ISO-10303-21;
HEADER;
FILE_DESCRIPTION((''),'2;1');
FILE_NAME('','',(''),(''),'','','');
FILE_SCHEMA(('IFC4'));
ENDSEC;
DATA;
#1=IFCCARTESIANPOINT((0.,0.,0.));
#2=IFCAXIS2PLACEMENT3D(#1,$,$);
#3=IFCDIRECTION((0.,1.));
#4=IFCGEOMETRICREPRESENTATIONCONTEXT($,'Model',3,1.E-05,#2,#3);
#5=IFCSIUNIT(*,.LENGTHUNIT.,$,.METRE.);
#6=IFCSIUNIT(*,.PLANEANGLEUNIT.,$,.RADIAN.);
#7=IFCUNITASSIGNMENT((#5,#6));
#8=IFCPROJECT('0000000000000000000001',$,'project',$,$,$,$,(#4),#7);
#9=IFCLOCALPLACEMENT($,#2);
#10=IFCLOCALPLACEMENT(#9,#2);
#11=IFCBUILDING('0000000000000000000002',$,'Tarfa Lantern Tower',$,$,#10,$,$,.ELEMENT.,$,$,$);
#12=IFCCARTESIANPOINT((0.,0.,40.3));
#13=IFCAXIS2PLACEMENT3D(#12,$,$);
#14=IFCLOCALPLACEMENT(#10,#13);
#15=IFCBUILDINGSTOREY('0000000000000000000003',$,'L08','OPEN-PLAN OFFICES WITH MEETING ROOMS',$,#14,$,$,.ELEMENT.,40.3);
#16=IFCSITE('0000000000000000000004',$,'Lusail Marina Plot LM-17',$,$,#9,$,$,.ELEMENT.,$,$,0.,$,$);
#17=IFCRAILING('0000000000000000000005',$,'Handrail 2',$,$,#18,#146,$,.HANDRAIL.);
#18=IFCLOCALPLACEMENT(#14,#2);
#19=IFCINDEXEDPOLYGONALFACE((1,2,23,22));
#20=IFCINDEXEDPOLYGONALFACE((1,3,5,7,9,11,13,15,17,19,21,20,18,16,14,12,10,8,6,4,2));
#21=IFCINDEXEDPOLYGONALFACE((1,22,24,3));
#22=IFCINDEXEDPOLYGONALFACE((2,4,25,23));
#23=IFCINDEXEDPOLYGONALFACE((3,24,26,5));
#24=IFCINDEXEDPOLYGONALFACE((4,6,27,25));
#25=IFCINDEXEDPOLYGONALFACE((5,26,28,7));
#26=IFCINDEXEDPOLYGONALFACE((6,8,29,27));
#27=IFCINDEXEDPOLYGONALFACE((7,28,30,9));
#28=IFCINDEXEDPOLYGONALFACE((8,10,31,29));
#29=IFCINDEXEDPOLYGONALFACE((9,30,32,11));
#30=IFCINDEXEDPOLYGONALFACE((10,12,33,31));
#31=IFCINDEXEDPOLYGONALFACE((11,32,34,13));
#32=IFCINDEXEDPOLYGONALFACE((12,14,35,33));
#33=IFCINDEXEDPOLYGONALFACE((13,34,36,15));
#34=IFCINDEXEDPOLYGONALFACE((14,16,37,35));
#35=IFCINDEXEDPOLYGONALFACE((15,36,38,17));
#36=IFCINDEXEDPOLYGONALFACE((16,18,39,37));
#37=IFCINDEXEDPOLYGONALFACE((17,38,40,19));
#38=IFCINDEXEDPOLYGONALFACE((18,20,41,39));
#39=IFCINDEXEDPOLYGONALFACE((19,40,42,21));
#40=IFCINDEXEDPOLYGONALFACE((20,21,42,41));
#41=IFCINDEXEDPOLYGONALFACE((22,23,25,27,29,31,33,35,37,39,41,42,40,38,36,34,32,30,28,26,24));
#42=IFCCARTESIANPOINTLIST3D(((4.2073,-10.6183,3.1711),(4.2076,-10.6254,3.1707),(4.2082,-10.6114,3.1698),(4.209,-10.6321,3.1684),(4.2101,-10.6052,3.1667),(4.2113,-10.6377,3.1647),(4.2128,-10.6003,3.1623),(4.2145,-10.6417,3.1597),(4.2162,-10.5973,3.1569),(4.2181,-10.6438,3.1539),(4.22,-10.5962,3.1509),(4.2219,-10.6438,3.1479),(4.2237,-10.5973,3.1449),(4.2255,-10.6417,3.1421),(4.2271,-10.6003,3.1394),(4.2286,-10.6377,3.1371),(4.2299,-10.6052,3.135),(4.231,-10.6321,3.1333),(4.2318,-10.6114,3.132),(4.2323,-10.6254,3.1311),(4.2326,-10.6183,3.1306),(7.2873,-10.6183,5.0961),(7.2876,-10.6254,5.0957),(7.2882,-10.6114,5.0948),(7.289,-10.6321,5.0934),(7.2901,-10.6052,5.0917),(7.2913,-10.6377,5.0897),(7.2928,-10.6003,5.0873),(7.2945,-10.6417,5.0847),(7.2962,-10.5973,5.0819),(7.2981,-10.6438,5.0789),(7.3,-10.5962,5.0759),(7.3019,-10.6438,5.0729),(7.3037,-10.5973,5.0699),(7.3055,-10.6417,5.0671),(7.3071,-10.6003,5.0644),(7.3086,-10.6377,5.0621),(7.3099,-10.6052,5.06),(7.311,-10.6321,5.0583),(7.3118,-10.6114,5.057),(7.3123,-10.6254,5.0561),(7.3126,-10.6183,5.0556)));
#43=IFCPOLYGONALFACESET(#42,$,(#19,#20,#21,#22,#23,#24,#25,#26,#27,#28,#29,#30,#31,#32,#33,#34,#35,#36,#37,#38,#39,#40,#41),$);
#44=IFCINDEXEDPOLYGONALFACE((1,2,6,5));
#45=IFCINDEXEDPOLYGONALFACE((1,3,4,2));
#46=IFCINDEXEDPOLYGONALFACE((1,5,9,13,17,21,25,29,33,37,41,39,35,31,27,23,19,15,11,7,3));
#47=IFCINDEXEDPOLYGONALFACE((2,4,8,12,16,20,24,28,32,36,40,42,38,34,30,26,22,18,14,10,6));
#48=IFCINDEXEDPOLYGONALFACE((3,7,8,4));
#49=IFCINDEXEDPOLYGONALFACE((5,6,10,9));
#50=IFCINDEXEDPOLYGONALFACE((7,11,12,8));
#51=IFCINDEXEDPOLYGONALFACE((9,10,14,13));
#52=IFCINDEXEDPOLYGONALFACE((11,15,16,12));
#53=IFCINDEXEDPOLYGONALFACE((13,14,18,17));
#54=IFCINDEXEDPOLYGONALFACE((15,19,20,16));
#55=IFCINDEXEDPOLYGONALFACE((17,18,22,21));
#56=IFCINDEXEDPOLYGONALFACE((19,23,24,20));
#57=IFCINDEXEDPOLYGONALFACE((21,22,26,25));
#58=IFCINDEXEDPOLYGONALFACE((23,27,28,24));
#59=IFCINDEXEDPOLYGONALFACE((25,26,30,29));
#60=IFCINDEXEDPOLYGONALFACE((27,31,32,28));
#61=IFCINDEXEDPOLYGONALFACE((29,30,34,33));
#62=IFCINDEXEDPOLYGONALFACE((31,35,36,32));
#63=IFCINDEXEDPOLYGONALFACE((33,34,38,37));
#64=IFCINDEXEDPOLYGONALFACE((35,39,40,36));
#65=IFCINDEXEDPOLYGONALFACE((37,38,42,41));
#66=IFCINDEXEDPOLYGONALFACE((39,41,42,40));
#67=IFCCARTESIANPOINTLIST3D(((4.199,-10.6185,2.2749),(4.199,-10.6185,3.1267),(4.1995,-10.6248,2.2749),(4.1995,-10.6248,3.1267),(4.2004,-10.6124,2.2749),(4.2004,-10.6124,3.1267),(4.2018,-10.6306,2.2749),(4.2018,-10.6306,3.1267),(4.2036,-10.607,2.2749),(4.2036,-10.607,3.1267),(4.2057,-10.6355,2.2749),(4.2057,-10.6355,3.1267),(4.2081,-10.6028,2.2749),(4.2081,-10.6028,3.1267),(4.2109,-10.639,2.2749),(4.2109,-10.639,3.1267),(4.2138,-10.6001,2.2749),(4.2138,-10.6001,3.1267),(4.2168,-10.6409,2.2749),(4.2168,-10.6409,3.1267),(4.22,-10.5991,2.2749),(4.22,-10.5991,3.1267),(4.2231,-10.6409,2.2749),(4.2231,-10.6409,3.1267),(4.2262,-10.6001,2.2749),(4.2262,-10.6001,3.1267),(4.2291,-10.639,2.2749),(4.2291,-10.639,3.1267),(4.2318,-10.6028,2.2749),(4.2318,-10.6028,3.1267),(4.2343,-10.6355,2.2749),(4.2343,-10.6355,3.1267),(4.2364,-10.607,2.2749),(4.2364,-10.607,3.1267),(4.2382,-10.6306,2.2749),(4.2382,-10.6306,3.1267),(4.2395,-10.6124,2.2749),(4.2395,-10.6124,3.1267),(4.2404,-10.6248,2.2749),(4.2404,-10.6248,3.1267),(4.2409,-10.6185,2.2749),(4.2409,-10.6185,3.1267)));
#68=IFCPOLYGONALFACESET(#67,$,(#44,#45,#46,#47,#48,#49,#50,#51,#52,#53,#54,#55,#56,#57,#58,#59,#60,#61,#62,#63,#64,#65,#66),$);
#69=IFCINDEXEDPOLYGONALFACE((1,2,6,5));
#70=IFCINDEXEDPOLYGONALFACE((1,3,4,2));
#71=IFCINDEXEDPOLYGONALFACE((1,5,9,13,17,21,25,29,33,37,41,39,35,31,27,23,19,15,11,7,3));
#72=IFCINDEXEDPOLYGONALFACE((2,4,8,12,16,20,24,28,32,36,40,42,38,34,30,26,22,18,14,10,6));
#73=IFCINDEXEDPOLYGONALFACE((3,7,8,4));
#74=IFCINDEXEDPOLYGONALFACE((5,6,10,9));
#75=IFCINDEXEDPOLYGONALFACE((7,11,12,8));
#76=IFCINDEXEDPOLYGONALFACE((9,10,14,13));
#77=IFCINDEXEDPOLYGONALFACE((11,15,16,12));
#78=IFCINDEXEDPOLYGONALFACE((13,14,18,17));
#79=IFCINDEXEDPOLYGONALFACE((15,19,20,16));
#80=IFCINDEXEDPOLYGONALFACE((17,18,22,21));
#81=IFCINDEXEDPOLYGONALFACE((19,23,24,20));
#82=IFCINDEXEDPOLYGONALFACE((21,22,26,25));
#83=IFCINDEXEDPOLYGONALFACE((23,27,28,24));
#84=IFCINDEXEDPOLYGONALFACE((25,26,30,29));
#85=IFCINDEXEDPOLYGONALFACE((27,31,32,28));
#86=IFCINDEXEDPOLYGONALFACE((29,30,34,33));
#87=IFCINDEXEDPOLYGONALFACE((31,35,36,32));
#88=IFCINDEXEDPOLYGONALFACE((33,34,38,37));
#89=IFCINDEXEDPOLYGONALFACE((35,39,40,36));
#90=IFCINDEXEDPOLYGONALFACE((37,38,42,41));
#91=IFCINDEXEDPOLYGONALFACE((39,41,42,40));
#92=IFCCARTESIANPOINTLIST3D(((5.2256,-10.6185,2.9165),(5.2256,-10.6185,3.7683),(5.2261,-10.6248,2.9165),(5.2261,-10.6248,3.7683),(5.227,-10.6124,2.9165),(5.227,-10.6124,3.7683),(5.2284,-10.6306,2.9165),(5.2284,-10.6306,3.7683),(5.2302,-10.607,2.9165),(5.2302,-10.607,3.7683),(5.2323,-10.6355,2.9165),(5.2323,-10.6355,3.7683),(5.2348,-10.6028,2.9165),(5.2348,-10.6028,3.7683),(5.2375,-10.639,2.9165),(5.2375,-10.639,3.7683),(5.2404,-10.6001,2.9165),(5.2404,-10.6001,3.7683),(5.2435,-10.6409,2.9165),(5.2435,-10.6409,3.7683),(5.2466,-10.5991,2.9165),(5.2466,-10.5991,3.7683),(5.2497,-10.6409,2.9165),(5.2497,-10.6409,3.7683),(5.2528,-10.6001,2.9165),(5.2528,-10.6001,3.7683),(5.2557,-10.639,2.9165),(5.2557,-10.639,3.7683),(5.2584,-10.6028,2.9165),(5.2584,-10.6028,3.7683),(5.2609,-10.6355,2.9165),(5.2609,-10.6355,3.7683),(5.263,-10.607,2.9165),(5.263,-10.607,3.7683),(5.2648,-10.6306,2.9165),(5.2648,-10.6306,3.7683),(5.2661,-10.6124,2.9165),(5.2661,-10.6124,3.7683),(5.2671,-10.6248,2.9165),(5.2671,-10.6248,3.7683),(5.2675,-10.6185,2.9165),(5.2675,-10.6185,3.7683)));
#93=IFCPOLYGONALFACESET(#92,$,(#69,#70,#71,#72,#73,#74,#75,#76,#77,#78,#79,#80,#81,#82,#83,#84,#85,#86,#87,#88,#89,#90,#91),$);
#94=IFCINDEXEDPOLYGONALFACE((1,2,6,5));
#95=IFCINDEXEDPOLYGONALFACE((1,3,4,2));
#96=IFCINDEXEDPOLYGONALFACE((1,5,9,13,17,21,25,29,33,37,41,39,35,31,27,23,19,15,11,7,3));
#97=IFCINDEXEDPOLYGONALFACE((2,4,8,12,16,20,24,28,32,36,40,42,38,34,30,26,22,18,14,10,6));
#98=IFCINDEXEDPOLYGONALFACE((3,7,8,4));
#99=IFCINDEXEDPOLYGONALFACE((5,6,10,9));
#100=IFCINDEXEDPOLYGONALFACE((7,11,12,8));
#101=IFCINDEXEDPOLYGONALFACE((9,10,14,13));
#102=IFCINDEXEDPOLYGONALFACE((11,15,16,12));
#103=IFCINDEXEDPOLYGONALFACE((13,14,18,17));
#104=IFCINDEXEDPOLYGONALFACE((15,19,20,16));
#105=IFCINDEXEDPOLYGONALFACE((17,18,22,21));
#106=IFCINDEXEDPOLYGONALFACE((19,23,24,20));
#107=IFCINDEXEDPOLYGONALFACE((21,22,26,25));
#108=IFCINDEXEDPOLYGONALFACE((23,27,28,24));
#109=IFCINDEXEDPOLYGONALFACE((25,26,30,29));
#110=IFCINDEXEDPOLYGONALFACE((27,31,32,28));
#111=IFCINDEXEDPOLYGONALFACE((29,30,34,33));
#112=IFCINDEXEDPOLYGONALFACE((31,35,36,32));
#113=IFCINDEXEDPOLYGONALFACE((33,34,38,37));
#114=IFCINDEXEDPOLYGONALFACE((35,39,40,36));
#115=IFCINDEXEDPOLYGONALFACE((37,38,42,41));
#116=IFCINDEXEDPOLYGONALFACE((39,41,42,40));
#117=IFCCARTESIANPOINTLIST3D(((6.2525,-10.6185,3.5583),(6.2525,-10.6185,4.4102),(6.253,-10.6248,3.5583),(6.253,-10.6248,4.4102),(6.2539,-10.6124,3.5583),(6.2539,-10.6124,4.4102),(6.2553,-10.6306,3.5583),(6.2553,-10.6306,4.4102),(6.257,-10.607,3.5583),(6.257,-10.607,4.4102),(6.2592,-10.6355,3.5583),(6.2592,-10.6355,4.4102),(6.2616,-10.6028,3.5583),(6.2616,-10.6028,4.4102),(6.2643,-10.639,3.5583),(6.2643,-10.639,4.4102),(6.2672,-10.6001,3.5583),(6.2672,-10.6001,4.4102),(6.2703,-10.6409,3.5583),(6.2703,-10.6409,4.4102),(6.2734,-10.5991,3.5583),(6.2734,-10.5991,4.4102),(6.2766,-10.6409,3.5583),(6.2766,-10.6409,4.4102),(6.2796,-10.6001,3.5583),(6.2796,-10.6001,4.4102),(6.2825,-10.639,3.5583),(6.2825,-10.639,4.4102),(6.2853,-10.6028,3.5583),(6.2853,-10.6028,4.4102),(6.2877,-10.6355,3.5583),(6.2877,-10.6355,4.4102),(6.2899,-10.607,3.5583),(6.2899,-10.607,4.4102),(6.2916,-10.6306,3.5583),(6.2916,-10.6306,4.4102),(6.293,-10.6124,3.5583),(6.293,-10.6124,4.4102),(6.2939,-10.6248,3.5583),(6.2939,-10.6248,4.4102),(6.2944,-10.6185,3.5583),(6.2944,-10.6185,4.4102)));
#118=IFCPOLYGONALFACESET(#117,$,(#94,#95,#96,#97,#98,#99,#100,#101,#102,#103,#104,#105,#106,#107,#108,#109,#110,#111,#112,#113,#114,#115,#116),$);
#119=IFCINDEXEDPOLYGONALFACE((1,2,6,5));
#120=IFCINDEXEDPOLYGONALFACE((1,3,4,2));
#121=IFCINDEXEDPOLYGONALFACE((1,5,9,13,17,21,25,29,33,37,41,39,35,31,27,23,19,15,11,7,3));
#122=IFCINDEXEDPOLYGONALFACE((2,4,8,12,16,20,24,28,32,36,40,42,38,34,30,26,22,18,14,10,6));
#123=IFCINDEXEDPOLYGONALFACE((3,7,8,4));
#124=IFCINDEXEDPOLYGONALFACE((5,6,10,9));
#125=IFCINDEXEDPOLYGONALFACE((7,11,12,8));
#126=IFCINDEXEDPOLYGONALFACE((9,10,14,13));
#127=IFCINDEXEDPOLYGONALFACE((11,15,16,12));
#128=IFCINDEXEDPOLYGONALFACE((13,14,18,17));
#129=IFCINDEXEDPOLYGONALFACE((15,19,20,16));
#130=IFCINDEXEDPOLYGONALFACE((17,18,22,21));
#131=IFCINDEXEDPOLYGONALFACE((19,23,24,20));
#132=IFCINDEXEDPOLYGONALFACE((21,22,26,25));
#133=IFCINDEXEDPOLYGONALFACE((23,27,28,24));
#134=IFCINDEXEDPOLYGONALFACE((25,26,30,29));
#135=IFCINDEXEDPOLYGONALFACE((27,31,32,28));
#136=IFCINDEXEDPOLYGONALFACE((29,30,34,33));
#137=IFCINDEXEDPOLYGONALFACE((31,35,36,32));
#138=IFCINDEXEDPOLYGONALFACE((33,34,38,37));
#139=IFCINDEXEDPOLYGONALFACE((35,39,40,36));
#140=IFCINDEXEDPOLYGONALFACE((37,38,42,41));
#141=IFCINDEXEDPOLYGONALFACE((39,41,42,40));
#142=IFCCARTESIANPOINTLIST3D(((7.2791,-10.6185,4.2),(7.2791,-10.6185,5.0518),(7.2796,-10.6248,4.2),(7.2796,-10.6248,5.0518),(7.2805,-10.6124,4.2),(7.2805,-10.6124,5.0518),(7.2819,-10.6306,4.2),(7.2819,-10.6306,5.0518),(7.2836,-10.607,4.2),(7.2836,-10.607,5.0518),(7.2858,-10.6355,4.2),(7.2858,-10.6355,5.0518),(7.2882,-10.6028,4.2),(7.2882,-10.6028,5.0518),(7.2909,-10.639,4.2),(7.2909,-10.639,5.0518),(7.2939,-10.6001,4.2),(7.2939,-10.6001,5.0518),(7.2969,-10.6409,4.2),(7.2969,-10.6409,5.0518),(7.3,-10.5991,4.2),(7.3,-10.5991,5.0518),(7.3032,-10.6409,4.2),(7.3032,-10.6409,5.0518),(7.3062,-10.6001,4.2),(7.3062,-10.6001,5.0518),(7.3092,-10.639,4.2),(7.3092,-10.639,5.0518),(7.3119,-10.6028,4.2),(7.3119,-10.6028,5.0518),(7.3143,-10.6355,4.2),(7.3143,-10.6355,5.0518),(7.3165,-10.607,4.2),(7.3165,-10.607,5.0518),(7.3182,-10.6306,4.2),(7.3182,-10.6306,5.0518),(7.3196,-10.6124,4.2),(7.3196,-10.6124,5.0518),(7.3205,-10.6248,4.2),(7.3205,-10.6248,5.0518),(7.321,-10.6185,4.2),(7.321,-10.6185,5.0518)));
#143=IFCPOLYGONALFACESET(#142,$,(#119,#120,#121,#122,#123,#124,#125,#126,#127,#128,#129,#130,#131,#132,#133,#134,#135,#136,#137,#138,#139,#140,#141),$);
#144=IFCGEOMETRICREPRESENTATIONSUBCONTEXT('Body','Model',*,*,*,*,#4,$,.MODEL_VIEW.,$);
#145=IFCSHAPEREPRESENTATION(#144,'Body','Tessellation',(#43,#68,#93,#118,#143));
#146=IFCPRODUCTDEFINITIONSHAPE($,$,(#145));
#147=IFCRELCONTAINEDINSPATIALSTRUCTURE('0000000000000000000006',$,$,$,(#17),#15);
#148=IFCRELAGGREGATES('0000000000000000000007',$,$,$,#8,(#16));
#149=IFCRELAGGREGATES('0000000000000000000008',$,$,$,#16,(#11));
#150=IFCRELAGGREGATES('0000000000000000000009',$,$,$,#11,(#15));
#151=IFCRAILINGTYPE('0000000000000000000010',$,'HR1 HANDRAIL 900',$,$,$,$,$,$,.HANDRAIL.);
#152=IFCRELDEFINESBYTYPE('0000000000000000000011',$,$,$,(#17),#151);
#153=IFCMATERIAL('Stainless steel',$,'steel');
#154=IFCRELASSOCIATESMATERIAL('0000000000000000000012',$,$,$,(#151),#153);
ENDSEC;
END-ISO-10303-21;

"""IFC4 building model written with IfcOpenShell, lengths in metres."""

from ifc_helpers import new_model, si_unit, direction, frame, origin, origin_2d, place, context, subcontext, project, spatial, circle, extrude, material, type_object, element, save


model = new_model("IFC4")

# Units and contexts
model_context = context("Model", 3, precision=1e-05, world=origin(), true_north=direction((0.0, 1.0)))
body_context = subcontext(model_context, "Body", "Model", "MODEL_VIEW")
ifc_project = project(units=[si_unit("LENGTHUNIT", "METRE"), si_unit("PLANEANGLEUNIT", "RADIAN")], contexts=[model_context])

# Site, building, storey
site_placement = place(None, origin())
site = spatial("IfcSite", under=ifc_project, at=site_placement, Name="Lusail Marina Plot LM-17", CompositionType="ELEMENT", RefElevation=0.0)
building_placement = place(site_placement, origin())
building = spatial("IfcBuilding", under=site, at=building_placement, Name="Tarfa Lantern Tower", CompositionType="ELEMENT")
storey_placement = place(building_placement, frame((0.0, 0.0, 40.3)))
storey = spatial("IfcBuildingStorey", under=building, at=storey_placement, Name="L08", Description="OPEN-PLAN OFFICES WITH MEETING ROOMS", CompositionType="ELEMENT", Elevation=40.3)

# Railing
ifc_material_1 = material(Name="Stainless steel", Category="steel")
railing_type = type_object("IfcRailingType", Name="HR1 HANDRAIL 900", PredefinedType="HANDRAIL", material=ifc_material_1)
railing_1_placement = place(storey_placement, frame((4.22, -10.6201, 2.2749)))
element("IfcRailing", 1, at=railing_1_placement, inside=storey, type_object=railing_type, Name="Handrail 2", PredefinedType="HANDRAIL", context=body_context, shape_type="SweptSolid", body=[
    extrude(circle(Radius=0.0239, at=origin_2d()), frame((0.0, 0.0, 0.876), z_axis=(0.847998, 0.0, 0.529999), x_axis=(0.0, 1.0, 0.0)), (0.0, 0.0, 1.0), 3.6321),
    extrude(circle(Radius=0.021, at=origin_2d()), frame((0.0, 0.0, 0.0), z_axis=(0.0, 0.0, 1.0), x_axis=(0.0, 1.0, 0.0)), (0.0, 0.0, 1.0), 0.8518),
    extrude(circle(Radius=0.021, at=origin_2d()), frame((1.0266, 0.0, 0.6416), z_axis=(0.0, 0.0, 1.0), x_axis=(0.0, 1.0, 0.0)), (0.0, 0.0, 1.0), 0.8518),
    extrude(circle(Radius=0.021, at=origin_2d()), frame((2.0535, 0.0, 1.2834), z_axis=(0.0, 0.0, 1.0), x_axis=(0.0, 1.0, 0.0)), (0.0, 0.0, 1.0), 0.8518),
    extrude(circle(Radius=0.021, at=origin_2d()), frame((3.0801, 0.0, 1.925), z_axis=(0.0, 0.0, 1.0), x_axis=(0.0, 1.0, 0.0)), (0.0, 0.0, 1.0), 0.8518),
])

save(model, "model.ifc")
